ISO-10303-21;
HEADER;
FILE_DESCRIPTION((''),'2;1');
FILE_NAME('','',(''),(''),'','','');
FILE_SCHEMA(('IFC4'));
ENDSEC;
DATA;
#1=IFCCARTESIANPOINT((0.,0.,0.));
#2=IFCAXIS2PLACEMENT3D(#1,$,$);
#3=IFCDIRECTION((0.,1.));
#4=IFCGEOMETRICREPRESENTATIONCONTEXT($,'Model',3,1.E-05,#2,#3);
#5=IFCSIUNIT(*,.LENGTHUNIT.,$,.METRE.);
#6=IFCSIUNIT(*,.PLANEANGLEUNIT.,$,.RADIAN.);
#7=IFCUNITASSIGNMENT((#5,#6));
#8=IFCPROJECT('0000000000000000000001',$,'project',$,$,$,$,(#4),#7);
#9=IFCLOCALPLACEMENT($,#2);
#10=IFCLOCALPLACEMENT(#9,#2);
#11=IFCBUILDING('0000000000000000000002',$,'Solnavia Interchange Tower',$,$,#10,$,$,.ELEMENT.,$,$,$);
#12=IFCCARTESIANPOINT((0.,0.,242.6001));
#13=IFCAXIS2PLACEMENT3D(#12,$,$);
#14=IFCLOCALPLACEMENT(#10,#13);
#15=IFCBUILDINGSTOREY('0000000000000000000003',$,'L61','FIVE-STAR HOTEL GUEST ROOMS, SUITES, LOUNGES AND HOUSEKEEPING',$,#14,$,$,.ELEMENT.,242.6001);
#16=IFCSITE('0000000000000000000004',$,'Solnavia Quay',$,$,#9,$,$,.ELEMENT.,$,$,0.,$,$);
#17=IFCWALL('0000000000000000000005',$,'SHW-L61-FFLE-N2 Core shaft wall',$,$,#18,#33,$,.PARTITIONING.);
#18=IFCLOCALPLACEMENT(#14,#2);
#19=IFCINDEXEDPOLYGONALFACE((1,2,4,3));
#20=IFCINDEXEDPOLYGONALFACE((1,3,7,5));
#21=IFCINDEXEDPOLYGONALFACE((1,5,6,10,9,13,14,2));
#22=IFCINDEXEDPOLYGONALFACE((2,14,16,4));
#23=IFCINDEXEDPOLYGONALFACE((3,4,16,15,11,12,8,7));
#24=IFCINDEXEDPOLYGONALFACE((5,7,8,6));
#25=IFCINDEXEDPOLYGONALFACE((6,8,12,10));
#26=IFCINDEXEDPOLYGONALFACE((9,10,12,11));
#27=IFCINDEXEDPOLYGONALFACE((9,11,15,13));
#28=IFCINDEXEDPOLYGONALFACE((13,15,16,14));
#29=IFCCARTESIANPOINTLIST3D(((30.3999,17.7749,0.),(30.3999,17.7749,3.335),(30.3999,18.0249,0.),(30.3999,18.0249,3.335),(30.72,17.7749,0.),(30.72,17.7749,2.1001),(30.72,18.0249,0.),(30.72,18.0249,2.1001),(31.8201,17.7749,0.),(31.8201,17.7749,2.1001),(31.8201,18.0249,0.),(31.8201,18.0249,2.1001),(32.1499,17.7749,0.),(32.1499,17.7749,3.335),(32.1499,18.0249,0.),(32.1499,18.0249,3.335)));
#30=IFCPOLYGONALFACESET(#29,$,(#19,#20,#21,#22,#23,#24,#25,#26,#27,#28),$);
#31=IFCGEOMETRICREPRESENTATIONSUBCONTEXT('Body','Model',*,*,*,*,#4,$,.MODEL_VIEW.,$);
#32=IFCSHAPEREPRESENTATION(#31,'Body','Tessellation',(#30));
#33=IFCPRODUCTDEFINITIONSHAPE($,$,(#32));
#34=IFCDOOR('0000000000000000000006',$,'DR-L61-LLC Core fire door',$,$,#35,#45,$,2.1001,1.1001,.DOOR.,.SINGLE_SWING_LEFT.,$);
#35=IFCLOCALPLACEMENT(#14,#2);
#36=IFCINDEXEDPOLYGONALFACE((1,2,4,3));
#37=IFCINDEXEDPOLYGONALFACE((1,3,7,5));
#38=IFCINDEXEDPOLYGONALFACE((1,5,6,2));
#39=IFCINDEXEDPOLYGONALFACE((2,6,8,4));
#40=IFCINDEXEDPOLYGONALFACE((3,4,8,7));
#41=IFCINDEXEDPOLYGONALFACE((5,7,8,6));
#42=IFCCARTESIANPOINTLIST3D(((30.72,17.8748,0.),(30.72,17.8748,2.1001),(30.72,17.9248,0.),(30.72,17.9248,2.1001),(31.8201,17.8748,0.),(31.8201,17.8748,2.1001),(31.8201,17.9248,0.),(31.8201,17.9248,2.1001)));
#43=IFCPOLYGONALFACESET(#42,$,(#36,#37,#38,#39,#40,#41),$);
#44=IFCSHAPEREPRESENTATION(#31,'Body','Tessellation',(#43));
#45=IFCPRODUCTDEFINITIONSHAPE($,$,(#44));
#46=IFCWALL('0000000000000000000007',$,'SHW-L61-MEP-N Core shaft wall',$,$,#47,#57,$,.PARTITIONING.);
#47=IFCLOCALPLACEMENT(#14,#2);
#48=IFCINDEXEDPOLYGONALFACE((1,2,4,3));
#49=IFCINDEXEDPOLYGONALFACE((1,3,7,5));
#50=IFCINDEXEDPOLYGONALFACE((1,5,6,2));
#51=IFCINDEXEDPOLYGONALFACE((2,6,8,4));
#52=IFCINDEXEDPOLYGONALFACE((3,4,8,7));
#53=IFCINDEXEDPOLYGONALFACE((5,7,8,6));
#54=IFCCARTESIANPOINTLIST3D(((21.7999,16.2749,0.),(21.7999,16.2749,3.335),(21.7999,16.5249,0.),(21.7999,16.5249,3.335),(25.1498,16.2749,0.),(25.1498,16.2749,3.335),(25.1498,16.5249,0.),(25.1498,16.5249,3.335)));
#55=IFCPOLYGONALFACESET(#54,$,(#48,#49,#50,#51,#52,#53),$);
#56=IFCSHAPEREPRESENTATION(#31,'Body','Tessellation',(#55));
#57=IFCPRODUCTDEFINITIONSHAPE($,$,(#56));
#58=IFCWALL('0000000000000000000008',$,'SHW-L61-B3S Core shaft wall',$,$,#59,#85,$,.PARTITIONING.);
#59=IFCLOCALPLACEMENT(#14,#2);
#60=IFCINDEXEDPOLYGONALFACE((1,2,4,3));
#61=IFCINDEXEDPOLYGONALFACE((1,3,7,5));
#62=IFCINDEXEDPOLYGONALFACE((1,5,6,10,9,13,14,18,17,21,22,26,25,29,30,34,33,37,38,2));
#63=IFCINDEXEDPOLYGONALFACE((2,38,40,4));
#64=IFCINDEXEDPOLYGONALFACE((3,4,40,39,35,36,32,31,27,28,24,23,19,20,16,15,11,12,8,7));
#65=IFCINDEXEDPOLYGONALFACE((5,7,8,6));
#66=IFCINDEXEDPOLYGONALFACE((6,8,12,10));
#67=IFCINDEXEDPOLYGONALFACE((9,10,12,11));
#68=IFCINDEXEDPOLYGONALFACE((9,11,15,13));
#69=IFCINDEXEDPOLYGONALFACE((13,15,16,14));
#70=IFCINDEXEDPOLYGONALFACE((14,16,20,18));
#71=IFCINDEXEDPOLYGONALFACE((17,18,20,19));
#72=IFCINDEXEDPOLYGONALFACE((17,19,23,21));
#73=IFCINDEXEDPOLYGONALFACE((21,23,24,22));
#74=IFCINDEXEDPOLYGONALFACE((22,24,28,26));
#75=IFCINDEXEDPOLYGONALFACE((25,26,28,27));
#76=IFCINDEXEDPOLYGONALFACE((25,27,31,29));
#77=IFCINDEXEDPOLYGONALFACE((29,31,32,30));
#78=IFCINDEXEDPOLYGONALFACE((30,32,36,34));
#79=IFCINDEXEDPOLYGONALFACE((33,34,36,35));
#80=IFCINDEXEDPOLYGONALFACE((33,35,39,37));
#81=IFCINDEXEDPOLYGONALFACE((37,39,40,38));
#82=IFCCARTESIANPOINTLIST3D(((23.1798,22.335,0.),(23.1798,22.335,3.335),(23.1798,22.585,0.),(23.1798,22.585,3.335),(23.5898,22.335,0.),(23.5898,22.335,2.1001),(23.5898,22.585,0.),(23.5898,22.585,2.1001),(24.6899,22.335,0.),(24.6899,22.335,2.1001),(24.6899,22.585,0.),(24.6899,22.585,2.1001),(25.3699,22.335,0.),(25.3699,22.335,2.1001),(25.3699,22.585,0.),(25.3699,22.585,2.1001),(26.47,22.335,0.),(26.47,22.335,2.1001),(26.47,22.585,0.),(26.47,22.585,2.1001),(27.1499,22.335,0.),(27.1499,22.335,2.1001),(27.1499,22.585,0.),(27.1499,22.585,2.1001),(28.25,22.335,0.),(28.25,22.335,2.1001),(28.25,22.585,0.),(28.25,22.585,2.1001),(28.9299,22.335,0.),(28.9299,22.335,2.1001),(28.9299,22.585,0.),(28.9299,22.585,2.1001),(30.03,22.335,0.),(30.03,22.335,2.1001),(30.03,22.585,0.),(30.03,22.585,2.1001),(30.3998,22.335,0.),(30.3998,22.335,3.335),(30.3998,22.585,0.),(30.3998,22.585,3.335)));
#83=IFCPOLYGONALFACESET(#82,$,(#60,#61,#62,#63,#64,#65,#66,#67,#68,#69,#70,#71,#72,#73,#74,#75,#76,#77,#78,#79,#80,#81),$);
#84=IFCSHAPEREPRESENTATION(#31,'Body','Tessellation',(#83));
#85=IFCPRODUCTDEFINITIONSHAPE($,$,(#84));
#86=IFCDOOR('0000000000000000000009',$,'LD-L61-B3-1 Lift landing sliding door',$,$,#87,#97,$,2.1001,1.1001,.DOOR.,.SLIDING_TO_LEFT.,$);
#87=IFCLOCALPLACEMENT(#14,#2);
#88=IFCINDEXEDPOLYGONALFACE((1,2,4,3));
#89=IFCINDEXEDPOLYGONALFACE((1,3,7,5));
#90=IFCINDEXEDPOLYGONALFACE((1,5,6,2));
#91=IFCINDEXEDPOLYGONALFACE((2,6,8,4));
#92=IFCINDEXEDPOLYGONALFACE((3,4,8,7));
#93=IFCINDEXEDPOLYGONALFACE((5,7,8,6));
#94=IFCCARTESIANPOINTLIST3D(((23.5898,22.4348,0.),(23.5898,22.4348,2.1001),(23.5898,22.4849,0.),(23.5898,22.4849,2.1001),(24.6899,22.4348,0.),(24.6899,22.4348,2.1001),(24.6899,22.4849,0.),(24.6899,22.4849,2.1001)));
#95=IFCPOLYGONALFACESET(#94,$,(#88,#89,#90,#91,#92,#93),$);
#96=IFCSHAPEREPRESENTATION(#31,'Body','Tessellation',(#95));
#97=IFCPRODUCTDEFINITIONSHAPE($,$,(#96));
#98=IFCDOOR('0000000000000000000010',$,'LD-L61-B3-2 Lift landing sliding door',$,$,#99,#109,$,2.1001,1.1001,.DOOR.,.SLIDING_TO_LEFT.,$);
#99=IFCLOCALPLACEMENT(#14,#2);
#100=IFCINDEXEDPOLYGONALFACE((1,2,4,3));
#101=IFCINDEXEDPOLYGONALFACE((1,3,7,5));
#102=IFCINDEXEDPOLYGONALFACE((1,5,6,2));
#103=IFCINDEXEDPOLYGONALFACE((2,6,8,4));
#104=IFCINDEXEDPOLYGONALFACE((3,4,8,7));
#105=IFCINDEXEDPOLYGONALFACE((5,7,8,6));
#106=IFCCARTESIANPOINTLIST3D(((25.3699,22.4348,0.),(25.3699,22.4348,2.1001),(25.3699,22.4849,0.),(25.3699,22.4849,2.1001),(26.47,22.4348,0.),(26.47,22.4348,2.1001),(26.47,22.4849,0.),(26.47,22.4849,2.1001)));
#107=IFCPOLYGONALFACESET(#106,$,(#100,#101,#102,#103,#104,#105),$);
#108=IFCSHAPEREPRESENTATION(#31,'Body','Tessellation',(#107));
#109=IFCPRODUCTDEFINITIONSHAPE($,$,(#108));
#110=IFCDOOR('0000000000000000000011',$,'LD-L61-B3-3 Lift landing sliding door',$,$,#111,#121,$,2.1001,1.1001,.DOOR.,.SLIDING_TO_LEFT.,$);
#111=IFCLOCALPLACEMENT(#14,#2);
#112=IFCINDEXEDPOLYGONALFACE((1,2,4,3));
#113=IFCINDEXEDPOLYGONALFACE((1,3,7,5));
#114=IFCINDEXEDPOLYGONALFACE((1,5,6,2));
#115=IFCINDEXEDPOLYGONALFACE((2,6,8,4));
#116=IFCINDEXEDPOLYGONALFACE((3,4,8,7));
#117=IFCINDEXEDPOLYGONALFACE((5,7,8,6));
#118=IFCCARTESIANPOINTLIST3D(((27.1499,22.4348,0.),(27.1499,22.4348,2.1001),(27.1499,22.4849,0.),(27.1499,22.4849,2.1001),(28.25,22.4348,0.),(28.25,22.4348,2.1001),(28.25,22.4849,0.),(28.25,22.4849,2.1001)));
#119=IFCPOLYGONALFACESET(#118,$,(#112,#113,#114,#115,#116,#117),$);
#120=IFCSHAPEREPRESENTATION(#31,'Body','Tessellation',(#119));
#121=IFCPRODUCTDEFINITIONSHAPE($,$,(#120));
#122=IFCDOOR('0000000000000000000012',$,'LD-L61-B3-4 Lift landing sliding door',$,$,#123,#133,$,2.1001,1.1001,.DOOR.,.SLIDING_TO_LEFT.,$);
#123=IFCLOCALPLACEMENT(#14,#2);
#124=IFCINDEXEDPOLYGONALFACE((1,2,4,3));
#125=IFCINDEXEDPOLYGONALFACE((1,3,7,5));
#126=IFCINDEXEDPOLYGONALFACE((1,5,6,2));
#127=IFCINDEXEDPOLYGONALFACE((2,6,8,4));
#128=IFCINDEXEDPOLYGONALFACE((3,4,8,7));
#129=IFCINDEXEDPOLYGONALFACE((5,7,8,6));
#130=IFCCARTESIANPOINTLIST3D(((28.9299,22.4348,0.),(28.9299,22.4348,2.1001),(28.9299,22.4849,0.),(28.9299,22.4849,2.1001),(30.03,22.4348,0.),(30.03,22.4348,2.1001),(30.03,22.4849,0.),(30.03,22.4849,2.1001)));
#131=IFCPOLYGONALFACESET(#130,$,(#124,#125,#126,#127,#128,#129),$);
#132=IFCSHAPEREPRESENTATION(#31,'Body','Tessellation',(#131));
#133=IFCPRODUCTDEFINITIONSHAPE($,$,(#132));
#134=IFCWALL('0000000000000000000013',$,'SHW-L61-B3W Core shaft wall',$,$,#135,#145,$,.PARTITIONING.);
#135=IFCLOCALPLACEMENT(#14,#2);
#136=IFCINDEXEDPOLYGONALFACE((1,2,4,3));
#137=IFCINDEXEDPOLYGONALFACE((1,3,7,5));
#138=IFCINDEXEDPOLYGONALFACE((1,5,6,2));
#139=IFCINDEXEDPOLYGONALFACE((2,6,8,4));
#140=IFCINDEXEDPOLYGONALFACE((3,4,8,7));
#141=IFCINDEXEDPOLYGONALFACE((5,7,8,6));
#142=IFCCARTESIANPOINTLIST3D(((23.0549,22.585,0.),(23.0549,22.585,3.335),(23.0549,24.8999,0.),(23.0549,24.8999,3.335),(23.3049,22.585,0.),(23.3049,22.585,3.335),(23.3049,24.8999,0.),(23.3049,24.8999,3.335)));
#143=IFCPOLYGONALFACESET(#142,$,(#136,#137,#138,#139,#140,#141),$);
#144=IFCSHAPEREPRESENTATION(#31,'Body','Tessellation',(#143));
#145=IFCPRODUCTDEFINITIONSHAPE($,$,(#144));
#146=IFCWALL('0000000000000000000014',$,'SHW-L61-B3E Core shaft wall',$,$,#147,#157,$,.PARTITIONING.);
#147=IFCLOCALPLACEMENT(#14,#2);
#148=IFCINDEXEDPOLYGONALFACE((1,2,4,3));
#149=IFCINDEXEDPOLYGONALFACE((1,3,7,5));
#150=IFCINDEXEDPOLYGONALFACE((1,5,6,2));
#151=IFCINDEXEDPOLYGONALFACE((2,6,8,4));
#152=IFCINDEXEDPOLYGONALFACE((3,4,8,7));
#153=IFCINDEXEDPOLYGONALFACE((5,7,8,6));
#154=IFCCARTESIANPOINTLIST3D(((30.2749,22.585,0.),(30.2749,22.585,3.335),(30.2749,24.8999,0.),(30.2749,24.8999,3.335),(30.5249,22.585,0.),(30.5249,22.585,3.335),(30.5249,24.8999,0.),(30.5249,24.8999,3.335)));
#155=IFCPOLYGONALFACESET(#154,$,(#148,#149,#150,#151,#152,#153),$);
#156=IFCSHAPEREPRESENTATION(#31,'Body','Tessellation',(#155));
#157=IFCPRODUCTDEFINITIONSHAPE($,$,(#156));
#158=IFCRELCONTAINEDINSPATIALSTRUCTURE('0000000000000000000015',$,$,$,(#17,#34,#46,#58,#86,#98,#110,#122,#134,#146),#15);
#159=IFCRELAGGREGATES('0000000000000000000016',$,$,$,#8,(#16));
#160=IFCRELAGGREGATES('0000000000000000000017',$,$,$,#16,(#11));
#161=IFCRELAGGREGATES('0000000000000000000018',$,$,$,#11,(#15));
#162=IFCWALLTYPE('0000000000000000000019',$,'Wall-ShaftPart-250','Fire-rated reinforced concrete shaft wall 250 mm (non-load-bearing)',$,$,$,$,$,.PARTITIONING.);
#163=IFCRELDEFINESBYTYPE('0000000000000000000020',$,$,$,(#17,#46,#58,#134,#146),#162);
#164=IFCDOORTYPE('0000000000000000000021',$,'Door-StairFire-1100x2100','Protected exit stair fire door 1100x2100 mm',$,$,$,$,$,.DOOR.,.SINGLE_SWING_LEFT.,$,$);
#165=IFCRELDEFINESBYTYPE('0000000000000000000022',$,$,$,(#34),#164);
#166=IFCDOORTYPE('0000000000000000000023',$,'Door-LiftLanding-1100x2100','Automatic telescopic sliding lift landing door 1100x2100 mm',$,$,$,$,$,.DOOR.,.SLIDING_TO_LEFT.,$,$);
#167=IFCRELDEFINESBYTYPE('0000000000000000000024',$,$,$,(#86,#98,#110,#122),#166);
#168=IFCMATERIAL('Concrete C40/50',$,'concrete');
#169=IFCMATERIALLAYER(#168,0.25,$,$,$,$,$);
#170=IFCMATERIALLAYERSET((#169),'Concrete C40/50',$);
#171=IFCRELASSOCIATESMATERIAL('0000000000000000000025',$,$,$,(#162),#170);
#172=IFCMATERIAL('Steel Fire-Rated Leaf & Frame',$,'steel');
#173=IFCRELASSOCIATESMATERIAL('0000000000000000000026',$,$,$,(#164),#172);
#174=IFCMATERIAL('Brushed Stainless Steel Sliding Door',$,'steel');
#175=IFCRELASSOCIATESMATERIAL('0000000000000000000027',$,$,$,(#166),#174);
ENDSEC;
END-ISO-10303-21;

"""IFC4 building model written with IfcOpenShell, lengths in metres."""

from ifc_helpers import new_model, si_unit, direction, frame, frame_2d, origin, place, context, subcontext, project, spatial, rectangle, extrude, material, layer, layer_set, type_object, element, fill, save


model = new_model("IFC4")

# Units and contexts
model_context = context("Model", 3, precision=1e-05, world=origin(), true_north=direction((0.0, 1.0)))
body_context = subcontext(model_context, "Body", "Model", "MODEL_VIEW")
ifc_project = project(units=[si_unit("LENGTHUNIT", "METRE"), si_unit("PLANEANGLEUNIT", "RADIAN")], contexts=[model_context])

# Site, building, storey
site_placement = place(None, origin())
site = spatial("IfcSite", under=ifc_project, at=site_placement, Name="Solnavia Quay", CompositionType="ELEMENT", RefElevation=0.0)
building_placement = place(site_placement, origin())
building = spatial("IfcBuilding", under=site, at=building_placement, Name="Solnavia Interchange Tower", CompositionType="ELEMENT")
storey_placement = place(building_placement, frame((0.0, 0.0, 242.6001)))
storey = spatial("IfcBuildingStorey", under=building, at=storey_placement, Name="L61", Description="FIVE-STAR HOTEL GUEST ROOMS, SUITES, LOUNGES AND HOUSEKEEPING", CompositionType="ELEMENT", Elevation=242.6001)

# Shared definitions
ifc_material_1 = material(Name="Concrete C40/50", Category="concrete")
ifc_layer_1 = layer(ifc_material_1, 0.25)
ifc_layer_set_1 = layer_set([ifc_layer_1], Name="Concrete C40/50")
wall_type_1 = type_object("IfcWallType", Name="Wall-ShaftPart-250", Description="Fire-rated reinforced concrete shaft wall 250 mm (non-load-bearing)", PredefinedType="PARTITIONING", material=ifc_layer_set_1)

# Wall, opening, door
wall_1_placement = place(storey_placement, frame((30.3999, 17.8999, 0.0), z_axis=(0.0, 0.0, 1.0), x_axis=(1.0, 0.0, 0.0)))
wall_1 = element("IfcWall", 1, at=wall_1_placement, inside=storey, type_object=wall_type_1, Name="SHW-L61-FFLE-N2 Core shaft wall", PredefinedType="PARTITIONING", context=body_context, shape_type="SweptSolid", body=[
    extrude(rectangle(XDim=1.75, YDim=0.25, at=frame_2d((0.875, 0.0))), origin(), (0.0, 0.0, 1.0), 3.335),
])
opening_1_placement = place(wall_1_placement, frame((0.3201, 0.0, 0.0)))
opening_1 = element("IfcOpeningElement", 2, at=opening_1_placement, cuts=wall_1, PredefinedType="OPENING", context=body_context, shape_type="SweptSolid", body=[
    extrude(rectangle(XDim=1.1001, YDim=2.1001, at=frame_2d((0.55, 1.05))), frame((0.0, 0.135, 0.0), z_axis=(0.0, -1.0, 0.0), x_axis=(1.0, 0.0, 0.0)), (0.0, 0.0, 1.0), 0.27),
])
ifc_material_2 = material(Name="Steel Fire-Rated Leaf & Frame", Category="steel")
door_type_1 = type_object("IfcDoorType", Name="Door-StairFire-1100x2100", Description="Protected exit stair fire door 1100x2100 mm", OperationType="SINGLE_SWING_LEFT", PredefinedType="DOOR", material=ifc_material_2)
door_1_placement = place(opening_1_placement, origin())
door_1 = element("IfcDoor", 3, at=door_1_placement, inside=storey, type_object=door_type_1, Name="DR-L61-LLC Core fire door", OperationType="SINGLE_SWING_LEFT", OverallHeight=2.1001, OverallWidth=1.1001, PredefinedType="DOOR", context=body_context, shape_type="SweptSolid", body=[
    extrude(rectangle(XDim=1.1001, YDim=2.1001, at=frame_2d((0.55, 1.05))), frame((0.0, 0.0249, 0.0), z_axis=(0.0, -1.0, 0.0), x_axis=(1.0, 0.0, 0.0)), (0.0, 0.0, 1.0), 0.05),
])
fill(opening_1, door_1)

# Wall
wall_2_placement = place(storey_placement, frame((21.8, 16.3999, 0.0), z_axis=(0.0, 0.0, 1.0), x_axis=(1.0, 0.0, 0.0)))
element("IfcWall", 4, at=wall_2_placement, inside=storey, type_object=wall_type_1, Name="SHW-L61-MEP-N Core shaft wall", PredefinedType="PARTITIONING", context=body_context, shape_type="SweptSolid", body=[
    extrude(rectangle(XDim=3.3499, YDim=0.25, at=frame_2d((1.6748, 0.0))), origin(), (0.0, 0.0, 1.0), 3.335),
])

# Wall, openings, doors
wall_3_placement = place(storey_placement, frame((23.1799, 22.46, 0.0), z_axis=(0.0, 0.0, 1.0), x_axis=(1.0, 0.0, 0.0)))
wall_3 = element("IfcWall", 5, at=wall_3_placement, inside=storey, type_object=wall_type_1, Name="SHW-L61-B3S Core shaft wall", PredefinedType="PARTITIONING", context=body_context, shape_type="SweptSolid", body=[
    extrude(rectangle(XDim=7.22, YDim=0.25, at=frame_2d((3.6099, 0.0))), origin(), (0.0, 0.0, 1.0), 3.335),
])
opening_2_placement = place(wall_3_placement, frame((0.4099, 0.0, 0.0)))
opening_2 = element("IfcOpeningElement", 6, at=opening_2_placement, cuts=wall_3, PredefinedType="OPENING", context=body_context, shape_type="SweptSolid", body=[
    extrude(rectangle(XDim=1.1001, YDim=2.1001, at=frame_2d((0.55, 1.05))), frame((0.0, 0.135, 0.0), z_axis=(0.0, -1.0, 0.0), x_axis=(1.0, 0.0, 0.0)), (0.0, 0.0, 1.0), 0.27),
])
opening_3_placement = place(wall_3_placement, frame((2.1899, 0.0, 0.0)))
opening_3 = element("IfcOpeningElement", 7, at=opening_3_placement, cuts=wall_3, PredefinedType="OPENING", context=body_context, shape_type="SweptSolid", body=[
    extrude(rectangle(XDim=1.1001, YDim=2.1001, at=frame_2d((0.55, 1.05))), frame((0.0, 0.135, 0.0), z_axis=(0.0, -1.0, 0.0), x_axis=(1.0, 0.0, 0.0)), (0.0, 0.0, 1.0), 0.27),
])
opening_4_placement = place(wall_3_placement, frame((3.97, 0.0, 0.0)))
opening_4 = element("IfcOpeningElement", 8, at=opening_4_placement, cuts=wall_3, PredefinedType="OPENING", context=body_context, shape_type="SweptSolid", body=[
    extrude(rectangle(XDim=1.1001, YDim=2.1001, at=frame_2d((0.55, 1.05))), frame((0.0, 0.135, 0.0), z_axis=(0.0, -1.0, 0.0), x_axis=(1.0, 0.0, 0.0)), (0.0, 0.0, 1.0), 0.27),
])
opening_5_placement = place(wall_3_placement, frame((5.75, 0.0, 0.0)))
opening_5 = element("IfcOpeningElement", 9, at=opening_5_placement, cuts=wall_3, PredefinedType="OPENING", context=body_context, shape_type="SweptSolid", body=[
    extrude(rectangle(XDim=1.1001, YDim=2.1001, at=frame_2d((0.55, 1.05))), frame((0.0, 0.135, 0.0), z_axis=(0.0, -1.0, 0.0), x_axis=(1.0, 0.0, 0.0)), (0.0, 0.0, 1.0), 0.27),
])
ifc_material_3 = material(Name="Brushed Stainless Steel Sliding Door", Category="steel")
door_type_2 = type_object("IfcDoorType", Name="Door-LiftLanding-1100x2100", Description="Automatic telescopic sliding lift landing door 1100x2100 mm", OperationType="SLIDING_TO_LEFT", PredefinedType="DOOR", material=ifc_material_3)
door_2_placement = place(opening_2_placement, origin())
door_2 = element("IfcDoor", 10, at=door_2_placement, inside=storey, type_object=door_type_2, Name="LD-L61-B3-1 Lift landing sliding door", OperationType="SLIDING_TO_LEFT", OverallHeight=2.1001, OverallWidth=1.1001, PredefinedType="DOOR", context=body_context, shape_type="SweptSolid", body=[
    extrude(rectangle(XDim=1.1001, YDim=2.1001, at=frame_2d((0.55, 1.05))), frame((0.0, 0.0249, 0.0), z_axis=(0.0, -1.0, 0.0), x_axis=(1.0, 0.0, 0.0)), (0.0, 0.0, 1.0), 0.05),
])
fill(opening_2, door_2)
door_3_placement = place(opening_3_placement, origin())
door_3 = element("IfcDoor", 11, at=door_3_placement, inside=storey, type_object=door_type_2, Name="LD-L61-B3-2 Lift landing sliding door", OperationType="SLIDING_TO_LEFT", OverallHeight=2.1001, OverallWidth=1.1001, PredefinedType="DOOR", context=body_context, shape_type="SweptSolid", body=[
    extrude(rectangle(XDim=1.1001, YDim=2.1001, at=frame_2d((0.55, 1.05))), frame((0.0, 0.0249, 0.0), z_axis=(0.0, -1.0, 0.0), x_axis=(1.0, 0.0, 0.0)), (0.0, 0.0, 1.0), 0.05),
])
fill(opening_3, door_3)
door_4_placement = place(opening_4_placement, origin())
door_4 = element("IfcDoor", 12, at=door_4_placement, inside=storey, type_object=door_type_2, Name="LD-L61-B3-3 Lift landing sliding door", OperationType="SLIDING_TO_LEFT", OverallHeight=2.1001, OverallWidth=1.1001, PredefinedType="DOOR", context=body_context, shape_type="SweptSolid", body=[
    extrude(rectangle(XDim=1.1001, YDim=2.1001, at=frame_2d((0.55, 1.05))), frame((0.0, 0.0249, 0.0), z_axis=(0.0, -1.0, 0.0), x_axis=(1.0, 0.0, 0.0)), (0.0, 0.0, 1.0), 0.05),
])
fill(opening_4, door_4)
door_5_placement = place(opening_5_placement, origin())
door_5 = element("IfcDoor", 13, at=door_5_placement, inside=storey, type_object=door_type_2, Name="LD-L61-B3-4 Lift landing sliding door", OperationType="SLIDING_TO_LEFT", OverallHeight=2.1001, OverallWidth=1.1001, PredefinedType="DOOR", context=body_context, shape_type="SweptSolid", body=[
    extrude(rectangle(XDim=1.1001, YDim=2.1001, at=frame_2d((0.55, 1.05))), frame((0.0, 0.0249, 0.0), z_axis=(0.0, -1.0, 0.0), x_axis=(1.0, 0.0, 0.0)), (0.0, 0.0, 1.0), 0.05),
])
fill(opening_5, door_5)

# Walls
for number, where, z_axis, x_axis, name in (
    (14, (23.1799, 22.585, 0.0), (0.0, 0.0, 1.0), (0.0, 1.0, 0.0), "SHW-L61-B3W Core shaft wall"),
    (15, (30.3999, 22.585, 0.0), (0.0, 0.0, 1.0), (0.0, 1.0, 0.0), "SHW-L61-B3E Core shaft wall"),
):
    element("IfcWall", number, at=place(storey_placement, frame(where, z_axis=z_axis, x_axis=x_axis)), inside=storey, type_object=wall_type_1, Name=name, PredefinedType="PARTITIONING", context=body_context, shape_type="SweptSolid", body=[
        extrude(rectangle(XDim=2.3149, YDim=0.25, at=frame_2d((1.1575, 0.0))), origin(), (0.0, 0.0, 1.0), 3.335),
    ])

save(model, "model.ifc")
